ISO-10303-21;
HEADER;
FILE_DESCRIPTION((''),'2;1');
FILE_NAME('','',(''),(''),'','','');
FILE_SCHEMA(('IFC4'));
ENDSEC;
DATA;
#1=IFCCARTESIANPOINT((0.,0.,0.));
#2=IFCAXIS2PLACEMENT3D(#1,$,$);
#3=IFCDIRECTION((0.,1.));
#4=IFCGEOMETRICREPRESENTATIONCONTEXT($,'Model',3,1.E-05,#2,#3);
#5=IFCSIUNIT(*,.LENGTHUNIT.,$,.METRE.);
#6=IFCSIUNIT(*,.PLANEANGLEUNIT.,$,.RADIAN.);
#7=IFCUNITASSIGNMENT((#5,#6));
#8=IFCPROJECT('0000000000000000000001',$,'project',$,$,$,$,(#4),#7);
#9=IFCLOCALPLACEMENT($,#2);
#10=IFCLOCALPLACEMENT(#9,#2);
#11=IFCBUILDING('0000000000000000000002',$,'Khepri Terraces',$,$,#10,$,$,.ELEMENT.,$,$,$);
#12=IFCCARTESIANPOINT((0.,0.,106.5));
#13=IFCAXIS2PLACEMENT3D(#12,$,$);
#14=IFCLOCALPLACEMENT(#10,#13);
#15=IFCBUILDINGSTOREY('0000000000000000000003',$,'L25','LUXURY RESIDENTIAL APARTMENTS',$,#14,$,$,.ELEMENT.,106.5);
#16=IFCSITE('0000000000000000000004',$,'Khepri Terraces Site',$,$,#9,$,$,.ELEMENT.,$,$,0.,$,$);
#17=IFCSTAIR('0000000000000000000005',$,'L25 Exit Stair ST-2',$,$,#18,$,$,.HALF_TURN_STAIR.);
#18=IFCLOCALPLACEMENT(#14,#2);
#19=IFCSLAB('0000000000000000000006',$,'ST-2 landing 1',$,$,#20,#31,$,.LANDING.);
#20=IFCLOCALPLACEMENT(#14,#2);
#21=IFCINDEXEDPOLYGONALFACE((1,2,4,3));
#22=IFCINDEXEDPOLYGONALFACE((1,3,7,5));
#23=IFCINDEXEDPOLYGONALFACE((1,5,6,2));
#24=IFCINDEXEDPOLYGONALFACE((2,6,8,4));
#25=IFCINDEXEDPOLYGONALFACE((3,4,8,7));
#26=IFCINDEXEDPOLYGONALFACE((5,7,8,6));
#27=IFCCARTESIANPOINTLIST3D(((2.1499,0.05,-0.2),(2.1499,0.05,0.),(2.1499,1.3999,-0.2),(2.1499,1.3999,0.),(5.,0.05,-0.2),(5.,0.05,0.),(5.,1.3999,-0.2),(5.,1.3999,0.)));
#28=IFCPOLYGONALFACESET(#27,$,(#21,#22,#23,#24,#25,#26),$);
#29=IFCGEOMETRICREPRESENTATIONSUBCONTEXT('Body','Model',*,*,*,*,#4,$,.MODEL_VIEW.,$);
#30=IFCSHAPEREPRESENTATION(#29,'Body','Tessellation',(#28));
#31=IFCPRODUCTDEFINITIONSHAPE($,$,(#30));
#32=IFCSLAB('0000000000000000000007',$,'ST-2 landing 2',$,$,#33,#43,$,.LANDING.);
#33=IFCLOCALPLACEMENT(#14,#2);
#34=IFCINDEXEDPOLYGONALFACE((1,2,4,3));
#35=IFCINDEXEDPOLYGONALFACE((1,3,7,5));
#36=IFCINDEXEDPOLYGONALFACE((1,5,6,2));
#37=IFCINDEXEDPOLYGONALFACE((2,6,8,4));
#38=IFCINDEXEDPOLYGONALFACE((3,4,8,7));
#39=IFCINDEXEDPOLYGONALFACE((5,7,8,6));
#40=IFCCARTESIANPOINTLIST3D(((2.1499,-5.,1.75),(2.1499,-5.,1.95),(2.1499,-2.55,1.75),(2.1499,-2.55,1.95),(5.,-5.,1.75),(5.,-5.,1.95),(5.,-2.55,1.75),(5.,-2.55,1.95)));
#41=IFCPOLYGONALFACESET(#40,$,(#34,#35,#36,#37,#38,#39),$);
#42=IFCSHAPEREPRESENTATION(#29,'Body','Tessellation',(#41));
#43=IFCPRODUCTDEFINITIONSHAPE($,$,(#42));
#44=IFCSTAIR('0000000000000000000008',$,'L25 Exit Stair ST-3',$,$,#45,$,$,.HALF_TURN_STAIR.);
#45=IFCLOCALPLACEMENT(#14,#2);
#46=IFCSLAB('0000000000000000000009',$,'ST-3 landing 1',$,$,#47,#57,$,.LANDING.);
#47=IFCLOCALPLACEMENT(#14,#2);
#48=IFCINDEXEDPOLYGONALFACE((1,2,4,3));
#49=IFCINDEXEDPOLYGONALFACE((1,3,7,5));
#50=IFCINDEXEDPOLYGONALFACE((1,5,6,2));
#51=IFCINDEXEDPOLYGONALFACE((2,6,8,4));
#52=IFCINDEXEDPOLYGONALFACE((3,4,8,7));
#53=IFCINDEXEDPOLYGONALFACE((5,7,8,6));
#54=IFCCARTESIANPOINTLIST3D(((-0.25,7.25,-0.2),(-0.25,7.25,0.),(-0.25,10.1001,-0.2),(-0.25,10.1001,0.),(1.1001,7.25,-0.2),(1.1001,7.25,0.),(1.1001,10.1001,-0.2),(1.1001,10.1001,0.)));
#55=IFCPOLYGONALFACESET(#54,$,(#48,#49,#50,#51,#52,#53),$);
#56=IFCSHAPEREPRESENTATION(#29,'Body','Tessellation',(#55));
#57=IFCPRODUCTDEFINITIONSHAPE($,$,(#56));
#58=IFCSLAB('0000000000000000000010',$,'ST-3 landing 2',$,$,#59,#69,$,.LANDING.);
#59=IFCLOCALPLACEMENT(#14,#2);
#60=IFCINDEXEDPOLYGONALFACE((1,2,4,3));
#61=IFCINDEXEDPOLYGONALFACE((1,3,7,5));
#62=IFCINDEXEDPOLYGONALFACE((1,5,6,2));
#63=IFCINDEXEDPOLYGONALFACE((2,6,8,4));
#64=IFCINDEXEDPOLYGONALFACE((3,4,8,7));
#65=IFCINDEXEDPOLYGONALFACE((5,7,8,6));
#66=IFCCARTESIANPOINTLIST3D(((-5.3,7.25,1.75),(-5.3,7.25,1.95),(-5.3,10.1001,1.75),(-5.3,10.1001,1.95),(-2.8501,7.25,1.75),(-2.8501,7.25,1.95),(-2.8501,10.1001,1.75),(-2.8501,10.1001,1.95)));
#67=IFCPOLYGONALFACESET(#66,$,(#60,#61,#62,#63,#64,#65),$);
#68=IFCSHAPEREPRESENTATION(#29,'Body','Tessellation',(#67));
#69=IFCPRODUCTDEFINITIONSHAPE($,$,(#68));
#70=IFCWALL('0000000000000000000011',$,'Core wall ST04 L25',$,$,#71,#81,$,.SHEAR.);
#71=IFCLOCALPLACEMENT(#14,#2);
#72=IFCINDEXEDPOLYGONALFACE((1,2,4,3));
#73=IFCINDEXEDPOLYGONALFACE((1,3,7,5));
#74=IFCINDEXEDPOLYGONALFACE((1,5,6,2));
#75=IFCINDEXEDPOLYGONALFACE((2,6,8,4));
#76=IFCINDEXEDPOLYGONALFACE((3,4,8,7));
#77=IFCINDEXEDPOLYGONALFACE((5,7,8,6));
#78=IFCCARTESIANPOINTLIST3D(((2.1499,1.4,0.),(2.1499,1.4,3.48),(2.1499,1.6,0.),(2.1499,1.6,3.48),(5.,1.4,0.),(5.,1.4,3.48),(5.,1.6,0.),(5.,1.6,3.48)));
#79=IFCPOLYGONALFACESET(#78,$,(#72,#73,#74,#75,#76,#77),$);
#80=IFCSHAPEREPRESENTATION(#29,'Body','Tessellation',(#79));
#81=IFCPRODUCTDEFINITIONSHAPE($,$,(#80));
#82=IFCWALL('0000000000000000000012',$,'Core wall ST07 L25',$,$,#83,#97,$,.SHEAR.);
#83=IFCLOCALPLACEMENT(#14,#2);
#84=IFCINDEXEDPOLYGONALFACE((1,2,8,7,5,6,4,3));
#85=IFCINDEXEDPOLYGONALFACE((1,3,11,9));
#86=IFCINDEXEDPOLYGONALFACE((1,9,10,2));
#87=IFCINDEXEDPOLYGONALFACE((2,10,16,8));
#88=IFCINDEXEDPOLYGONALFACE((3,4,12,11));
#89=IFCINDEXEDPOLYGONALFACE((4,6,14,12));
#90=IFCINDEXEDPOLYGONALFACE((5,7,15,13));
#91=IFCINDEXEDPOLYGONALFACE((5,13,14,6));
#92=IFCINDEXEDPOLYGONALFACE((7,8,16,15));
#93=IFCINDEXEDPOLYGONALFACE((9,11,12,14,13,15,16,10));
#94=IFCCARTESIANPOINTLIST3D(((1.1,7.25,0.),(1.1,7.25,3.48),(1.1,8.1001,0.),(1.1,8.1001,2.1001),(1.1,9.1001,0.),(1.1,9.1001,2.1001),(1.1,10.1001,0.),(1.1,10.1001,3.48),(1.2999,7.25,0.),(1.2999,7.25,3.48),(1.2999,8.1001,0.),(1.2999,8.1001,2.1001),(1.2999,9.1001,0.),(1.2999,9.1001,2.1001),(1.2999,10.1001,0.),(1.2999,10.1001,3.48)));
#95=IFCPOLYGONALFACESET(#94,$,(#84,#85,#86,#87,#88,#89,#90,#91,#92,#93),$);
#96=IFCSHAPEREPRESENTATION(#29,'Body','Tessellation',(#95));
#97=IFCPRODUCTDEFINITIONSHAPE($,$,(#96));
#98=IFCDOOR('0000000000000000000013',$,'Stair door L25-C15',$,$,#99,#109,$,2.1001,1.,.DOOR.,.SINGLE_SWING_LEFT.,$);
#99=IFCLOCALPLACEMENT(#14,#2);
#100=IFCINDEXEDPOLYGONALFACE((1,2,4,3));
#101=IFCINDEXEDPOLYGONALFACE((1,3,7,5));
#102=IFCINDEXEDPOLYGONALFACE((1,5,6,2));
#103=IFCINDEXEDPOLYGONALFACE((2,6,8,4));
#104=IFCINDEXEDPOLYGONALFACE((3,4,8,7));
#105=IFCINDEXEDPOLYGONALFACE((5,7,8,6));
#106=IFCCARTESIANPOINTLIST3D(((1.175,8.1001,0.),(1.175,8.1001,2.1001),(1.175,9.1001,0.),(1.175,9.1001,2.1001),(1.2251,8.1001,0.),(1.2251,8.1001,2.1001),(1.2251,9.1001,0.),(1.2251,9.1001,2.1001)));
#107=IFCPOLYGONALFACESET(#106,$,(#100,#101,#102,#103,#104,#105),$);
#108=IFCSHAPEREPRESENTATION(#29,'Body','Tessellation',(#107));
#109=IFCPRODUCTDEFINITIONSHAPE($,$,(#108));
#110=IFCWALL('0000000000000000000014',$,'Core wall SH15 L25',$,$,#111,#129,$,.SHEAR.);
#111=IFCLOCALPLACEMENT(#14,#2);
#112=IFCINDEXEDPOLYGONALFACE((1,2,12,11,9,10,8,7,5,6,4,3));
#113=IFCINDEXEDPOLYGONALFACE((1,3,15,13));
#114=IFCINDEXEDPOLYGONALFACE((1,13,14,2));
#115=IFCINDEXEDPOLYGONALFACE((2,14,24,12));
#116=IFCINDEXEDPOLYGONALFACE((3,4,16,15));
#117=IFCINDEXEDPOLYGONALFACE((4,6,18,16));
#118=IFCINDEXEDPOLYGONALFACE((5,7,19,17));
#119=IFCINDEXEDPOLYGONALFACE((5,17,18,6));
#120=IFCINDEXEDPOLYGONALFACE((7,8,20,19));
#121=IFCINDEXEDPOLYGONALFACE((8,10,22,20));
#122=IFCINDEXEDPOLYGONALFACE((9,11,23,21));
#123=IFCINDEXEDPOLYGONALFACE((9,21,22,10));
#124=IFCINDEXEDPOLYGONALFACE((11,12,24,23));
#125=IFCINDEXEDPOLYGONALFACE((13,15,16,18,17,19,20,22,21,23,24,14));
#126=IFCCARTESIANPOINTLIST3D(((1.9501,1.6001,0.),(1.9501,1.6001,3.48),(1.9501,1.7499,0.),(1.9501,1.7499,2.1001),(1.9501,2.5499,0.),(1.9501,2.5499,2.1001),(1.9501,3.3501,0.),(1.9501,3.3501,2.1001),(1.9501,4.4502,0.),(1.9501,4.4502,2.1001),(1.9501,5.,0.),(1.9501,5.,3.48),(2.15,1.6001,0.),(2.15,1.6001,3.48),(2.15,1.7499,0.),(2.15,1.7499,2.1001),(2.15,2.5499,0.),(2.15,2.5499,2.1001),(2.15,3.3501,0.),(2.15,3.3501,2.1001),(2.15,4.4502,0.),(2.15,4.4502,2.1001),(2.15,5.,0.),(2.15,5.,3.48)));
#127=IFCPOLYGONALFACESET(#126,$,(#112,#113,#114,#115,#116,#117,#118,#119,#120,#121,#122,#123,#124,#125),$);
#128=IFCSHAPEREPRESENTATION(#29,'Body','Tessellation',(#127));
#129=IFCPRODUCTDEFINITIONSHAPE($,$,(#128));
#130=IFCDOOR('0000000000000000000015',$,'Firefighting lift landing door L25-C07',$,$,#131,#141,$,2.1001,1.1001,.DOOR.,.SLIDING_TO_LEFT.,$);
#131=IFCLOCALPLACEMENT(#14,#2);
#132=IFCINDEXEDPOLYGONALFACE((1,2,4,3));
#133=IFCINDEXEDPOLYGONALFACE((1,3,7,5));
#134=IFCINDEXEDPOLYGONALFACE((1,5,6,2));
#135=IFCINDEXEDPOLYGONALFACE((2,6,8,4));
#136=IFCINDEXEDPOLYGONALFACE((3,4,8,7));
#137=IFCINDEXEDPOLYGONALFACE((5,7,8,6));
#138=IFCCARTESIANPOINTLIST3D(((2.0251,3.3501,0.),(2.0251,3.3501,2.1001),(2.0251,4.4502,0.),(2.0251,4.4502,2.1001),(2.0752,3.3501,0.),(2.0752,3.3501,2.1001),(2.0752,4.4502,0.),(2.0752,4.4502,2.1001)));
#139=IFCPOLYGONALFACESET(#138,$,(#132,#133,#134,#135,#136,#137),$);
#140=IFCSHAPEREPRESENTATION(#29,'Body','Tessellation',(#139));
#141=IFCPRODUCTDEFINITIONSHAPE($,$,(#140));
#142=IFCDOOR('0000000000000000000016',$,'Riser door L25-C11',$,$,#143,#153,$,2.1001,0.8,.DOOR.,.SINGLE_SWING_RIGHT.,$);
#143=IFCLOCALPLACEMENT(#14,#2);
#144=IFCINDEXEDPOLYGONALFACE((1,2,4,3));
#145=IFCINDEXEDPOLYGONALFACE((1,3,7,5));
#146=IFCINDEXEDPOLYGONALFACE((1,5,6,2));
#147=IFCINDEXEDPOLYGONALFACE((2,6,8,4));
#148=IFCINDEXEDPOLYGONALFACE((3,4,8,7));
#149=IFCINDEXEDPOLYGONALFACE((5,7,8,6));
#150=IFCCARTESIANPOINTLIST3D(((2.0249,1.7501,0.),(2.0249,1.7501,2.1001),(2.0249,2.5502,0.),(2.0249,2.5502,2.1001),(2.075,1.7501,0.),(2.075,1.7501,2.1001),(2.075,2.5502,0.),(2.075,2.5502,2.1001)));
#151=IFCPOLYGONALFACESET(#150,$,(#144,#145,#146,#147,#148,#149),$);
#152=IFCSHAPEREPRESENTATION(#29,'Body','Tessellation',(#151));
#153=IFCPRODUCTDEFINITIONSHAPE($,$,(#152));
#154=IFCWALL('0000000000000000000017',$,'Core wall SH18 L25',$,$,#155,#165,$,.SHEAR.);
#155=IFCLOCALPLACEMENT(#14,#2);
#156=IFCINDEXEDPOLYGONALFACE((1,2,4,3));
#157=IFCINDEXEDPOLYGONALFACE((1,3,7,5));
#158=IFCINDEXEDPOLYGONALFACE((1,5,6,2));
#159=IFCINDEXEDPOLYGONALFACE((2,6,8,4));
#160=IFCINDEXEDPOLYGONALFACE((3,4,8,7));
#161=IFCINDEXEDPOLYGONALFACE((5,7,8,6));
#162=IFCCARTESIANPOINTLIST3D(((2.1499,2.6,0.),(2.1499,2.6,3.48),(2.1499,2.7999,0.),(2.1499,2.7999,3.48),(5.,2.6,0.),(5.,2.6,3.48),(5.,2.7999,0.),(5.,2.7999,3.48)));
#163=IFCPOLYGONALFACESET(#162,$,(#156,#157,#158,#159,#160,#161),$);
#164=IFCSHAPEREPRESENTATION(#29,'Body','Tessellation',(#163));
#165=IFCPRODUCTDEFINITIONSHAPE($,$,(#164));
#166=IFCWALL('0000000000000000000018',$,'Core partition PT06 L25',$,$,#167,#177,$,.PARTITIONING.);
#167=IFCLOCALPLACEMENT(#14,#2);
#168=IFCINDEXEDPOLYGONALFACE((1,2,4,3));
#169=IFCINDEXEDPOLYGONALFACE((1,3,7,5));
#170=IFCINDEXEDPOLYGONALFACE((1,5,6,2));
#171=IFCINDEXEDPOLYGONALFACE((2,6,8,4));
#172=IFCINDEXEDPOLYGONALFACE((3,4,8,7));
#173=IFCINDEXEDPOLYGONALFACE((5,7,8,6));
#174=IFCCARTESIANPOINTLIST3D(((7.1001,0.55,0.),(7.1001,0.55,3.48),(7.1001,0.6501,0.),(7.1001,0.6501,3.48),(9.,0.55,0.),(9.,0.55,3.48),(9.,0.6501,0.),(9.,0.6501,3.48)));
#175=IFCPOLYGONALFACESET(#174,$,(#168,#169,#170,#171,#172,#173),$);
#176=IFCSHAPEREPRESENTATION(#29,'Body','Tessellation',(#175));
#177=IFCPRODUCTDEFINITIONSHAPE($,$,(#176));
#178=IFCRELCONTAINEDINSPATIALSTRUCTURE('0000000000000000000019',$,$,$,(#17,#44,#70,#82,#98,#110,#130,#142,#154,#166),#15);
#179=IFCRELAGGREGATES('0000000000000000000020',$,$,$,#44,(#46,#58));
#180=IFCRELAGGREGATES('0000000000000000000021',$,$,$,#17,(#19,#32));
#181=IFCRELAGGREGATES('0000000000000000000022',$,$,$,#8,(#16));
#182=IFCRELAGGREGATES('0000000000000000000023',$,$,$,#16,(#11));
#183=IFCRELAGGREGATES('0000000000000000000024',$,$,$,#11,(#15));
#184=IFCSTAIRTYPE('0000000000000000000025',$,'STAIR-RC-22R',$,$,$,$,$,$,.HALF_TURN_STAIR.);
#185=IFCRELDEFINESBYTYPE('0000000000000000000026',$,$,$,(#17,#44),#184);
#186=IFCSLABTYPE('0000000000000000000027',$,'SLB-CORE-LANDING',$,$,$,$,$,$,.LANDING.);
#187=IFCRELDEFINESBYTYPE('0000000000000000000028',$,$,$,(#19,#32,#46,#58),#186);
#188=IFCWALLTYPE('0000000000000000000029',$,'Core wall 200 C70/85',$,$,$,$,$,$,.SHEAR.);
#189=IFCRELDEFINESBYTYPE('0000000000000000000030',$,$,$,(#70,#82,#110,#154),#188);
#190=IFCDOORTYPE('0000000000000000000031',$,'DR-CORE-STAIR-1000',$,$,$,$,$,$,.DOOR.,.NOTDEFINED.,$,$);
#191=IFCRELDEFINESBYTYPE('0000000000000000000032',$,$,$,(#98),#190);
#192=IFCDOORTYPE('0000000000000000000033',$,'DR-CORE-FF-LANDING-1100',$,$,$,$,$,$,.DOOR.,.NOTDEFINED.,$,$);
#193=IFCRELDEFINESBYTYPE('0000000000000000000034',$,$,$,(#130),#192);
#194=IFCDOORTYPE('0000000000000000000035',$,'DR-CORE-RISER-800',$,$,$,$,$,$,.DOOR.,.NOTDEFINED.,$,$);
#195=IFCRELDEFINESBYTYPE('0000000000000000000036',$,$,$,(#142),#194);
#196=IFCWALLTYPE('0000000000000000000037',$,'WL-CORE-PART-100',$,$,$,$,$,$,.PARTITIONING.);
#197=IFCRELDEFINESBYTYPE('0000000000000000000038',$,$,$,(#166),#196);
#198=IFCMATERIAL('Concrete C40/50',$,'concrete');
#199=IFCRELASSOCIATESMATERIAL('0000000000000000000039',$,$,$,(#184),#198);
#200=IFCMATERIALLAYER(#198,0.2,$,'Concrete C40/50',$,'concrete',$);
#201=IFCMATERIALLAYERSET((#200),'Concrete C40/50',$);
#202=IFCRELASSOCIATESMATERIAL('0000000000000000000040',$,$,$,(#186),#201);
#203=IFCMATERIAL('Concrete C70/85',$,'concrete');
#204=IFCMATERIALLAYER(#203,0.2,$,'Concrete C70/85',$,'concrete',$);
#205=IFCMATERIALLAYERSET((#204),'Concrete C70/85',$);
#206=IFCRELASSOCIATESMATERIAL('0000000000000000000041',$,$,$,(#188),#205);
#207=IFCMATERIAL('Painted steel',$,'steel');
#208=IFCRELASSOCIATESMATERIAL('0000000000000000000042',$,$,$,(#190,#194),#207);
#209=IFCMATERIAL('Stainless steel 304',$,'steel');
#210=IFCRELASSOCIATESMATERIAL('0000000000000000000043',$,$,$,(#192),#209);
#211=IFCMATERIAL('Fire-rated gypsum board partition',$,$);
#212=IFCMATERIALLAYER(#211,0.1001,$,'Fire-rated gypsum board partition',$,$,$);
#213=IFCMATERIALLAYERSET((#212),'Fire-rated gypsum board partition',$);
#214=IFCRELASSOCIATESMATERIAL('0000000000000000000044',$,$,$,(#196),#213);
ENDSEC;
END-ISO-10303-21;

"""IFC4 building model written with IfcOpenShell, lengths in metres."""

from ifc_helpers import new_model, si_unit, direction, frame, frame_2d, origin, place, context, subcontext, project, spatial, polyline, rectangle, outline, extrude, material, layer, layer_set, type_object, element, fill, aggregate, save


model = new_model("IFC4")

# Units and contexts
model_context = context("Model", 3, precision=1e-05, world=origin(), true_north=direction((0.0, 1.0)))
body_context = subcontext(model_context, "Body", "Model", "MODEL_VIEW")
ifc_project = project(units=[si_unit("LENGTHUNIT", "METRE"), si_unit("PLANEANGLEUNIT", "RADIAN")], contexts=[model_context])

# Site, building, storey
site_placement = place(None, origin())
site = spatial("IfcSite", under=ifc_project, at=site_placement, Name="Khepri Terraces Site", CompositionType="ELEMENT", RefElevation=0.0)
building_placement = place(site_placement, origin())
building = spatial("IfcBuilding", under=site, at=building_placement, Name="Khepri Terraces", CompositionType="ELEMENT")
storey_placement = place(building_placement, frame((0.0, 0.0, 106.5)))
storey = spatial("IfcBuildingStorey", under=building, at=storey_placement, Name="L25", Description="LUXURY RESIDENTIAL APARTMENTS", CompositionType="ELEMENT", Elevation=106.5)

# Stairs, slabs
ifc_material_1 = material(Name="Concrete C40/50", Category="concrete")
stair_type = type_object("IfcStairType", Name="STAIR-RC-22R", PredefinedType="HALF_TURN_STAIR", material=ifc_material_1)
stair_1_placement = place(storey_placement, origin())
stair_1 = element("IfcStair", 1, at=stair_1_placement, inside=storey, type_object=stair_type, Name="L25 Exit Stair ST-2", PredefinedType="HALF_TURN_STAIR")
ifc_layer_1 = layer(ifc_material_1, 0.2, Name="Concrete C40/50", Category="concrete")
ifc_layer_set_1 = layer_set([ifc_layer_1], Name="Concrete C40/50")
slab_type = type_object("IfcSlabType", Name="SLB-CORE-LANDING", PredefinedType="LANDING", material=ifc_layer_set_1)
slab_1_placement = place(storey_placement, frame((0.0, 0.0, -0.2)))
slab_1 = element("IfcSlab", 2, at=slab_1_placement, type_object=slab_type, Name="ST-2 landing 1", PredefinedType="LANDING", context=body_context, shape_type="SweptSolid", body=[
    extrude(outline(polyline([(2.1499, 1.3999), (2.1499, 0.05), (5.0, 0.05), (5.0, 1.3999), (2.1499, 1.3999)])), origin(), (0.0, 0.0, 1.0), 0.2),
])
slab_2_placement = place(storey_placement, frame((0.0, 0.0, 1.75)))
slab_2 = element("IfcSlab", 3, at=slab_2_placement, type_object=slab_type, Name="ST-2 landing 2", PredefinedType="LANDING", context=body_context, shape_type="SweptSolid", body=[
    extrude(outline(polyline([(2.1499, -2.55), (2.1499, -5.0), (5.0, -5.0), (5.0, -2.55), (2.1499, -2.55)])), origin(), (0.0, 0.0, 1.0), 0.2),
])
stair_2_placement = place(storey_placement, origin())
stair_2 = element("IfcStair", 4, at=stair_2_placement, inside=storey, type_object=stair_type, Name="L25 Exit Stair ST-3", PredefinedType="HALF_TURN_STAIR")
slab_3_placement = place(storey_placement, frame((0.0, 0.0, -0.2)))
slab_3 = element("IfcSlab", 5, at=slab_3_placement, type_object=slab_type, Name="ST-3 landing 1", PredefinedType="LANDING", context=body_context, shape_type="SweptSolid", body=[
    extrude(outline(polyline([(1.1001, 10.1001), (-0.25, 10.1001), (-0.25, 7.25), (1.1001, 7.25), (1.1001, 10.1001)])), origin(), (0.0, 0.0, 1.0), 0.2),
])
slab_4_placement = place(storey_placement, frame((0.0, 0.0, 1.75)))
slab_4 = element("IfcSlab", 6, at=slab_4_placement, type_object=slab_type, Name="ST-3 landing 2", PredefinedType="LANDING", context=body_context, shape_type="SweptSolid", body=[
    extrude(outline(polyline([(-2.8501, 10.1001), (-5.3, 10.1001), (-5.3, 7.25), (-2.8501, 7.25), (-2.8501, 10.1001)])), origin(), (0.0, 0.0, 1.0), 0.2),
])
aggregate(stair_2, [slab_3, slab_4])

# Wall
ifc_material_2 = material(Name="Concrete C70/85", Category="concrete")
ifc_layer_2 = layer(ifc_material_2, 0.2, Name="Concrete C70/85", Category="concrete")
ifc_layer_set_2 = layer_set([ifc_layer_2], Name="Concrete C70/85")
wall_type_1 = type_object("IfcWallType", Name="Core wall 200 C70/85", PredefinedType="SHEAR", material=ifc_layer_set_2)
wall_1_placement = place(storey_placement, frame((2.1499, 1.5, 0.0), z_axis=(0.0, 0.0, 1.0), x_axis=(1.0, 0.0, 0.0)))
element("IfcWall", 7, at=wall_1_placement, inside=storey, type_object=wall_type_1, Name="Core wall ST04 L25", PredefinedType="SHEAR", context=body_context, shape_type="SweptSolid", body=[
    extrude(rectangle(XDim=2.8501, YDim=0.2, at=frame_2d((1.425, 0.0))), origin(), (0.0, 0.0, 1.0), 3.48),
])

# Wall, opening, door
wall_2_placement = place(storey_placement, frame((1.2, 7.25, 0.0), z_axis=(0.0, 0.0, 1.0), x_axis=(0.0, 1.0, 0.0)))
wall_2 = element("IfcWall", 8, at=wall_2_placement, inside=storey, type_object=wall_type_1, Name="Core wall ST07 L25", PredefinedType="SHEAR", context=body_context, shape_type="SweptSolid", body=[
    extrude(rectangle(XDim=2.8501, YDim=0.2, at=frame_2d((1.425, 0.0))), origin(), (0.0, 0.0, 1.0), 3.48),
])
opening_1_placement = place(wall_2_placement, frame((0.8501, 0.0, 0.0)))
opening_1 = element("IfcOpeningElement", 9, at=opening_1_placement, cuts=wall_2, PredefinedType="OPENING", context=body_context, shape_type="SweptSolid", body=[
    extrude(rectangle(XDim=1.0, YDim=2.1001, at=frame_2d((0.5, 1.05))), frame((0.0, 0.1099, 0.0), z_axis=(0.0, -1.0, 0.0), x_axis=(1.0, 0.0, 0.0)), (0.0, 0.0, 1.0), 0.22),
])
ifc_material_3 = material(Name="Painted steel", Category="steel")
door_type_1 = type_object("IfcDoorType", Name="DR-CORE-STAIR-1000", OperationType="NOTDEFINED", PredefinedType="DOOR", material=ifc_material_3)
door_1_placement = place(opening_1_placement, origin())
door_1 = element("IfcDoor", 10, at=door_1_placement, inside=storey, type_object=door_type_1, Name="Stair door L25-C15", OperationType="SINGLE_SWING_LEFT", OverallHeight=2.1001, OverallWidth=1.0, PredefinedType="DOOR", context=body_context, shape_type="SweptSolid", body=[
    extrude(rectangle(XDim=1.0, YDim=2.1001, at=frame_2d((0.5, 1.05))), frame((0.0, 0.0249, 0.0), z_axis=(0.0, -1.0, 0.0), x_axis=(1.0, 0.0, 0.0)), (0.0, 0.0, 1.0), 0.05),
])
fill(opening_1, door_1)

# Wall, openings, doors
wall_3_placement = place(storey_placement, frame((2.05, 1.6001, 0.0), z_axis=(0.0, 0.0, 1.0), x_axis=(0.0, 1.0, 0.0)))
wall_3 = element("IfcWall", 11, at=wall_3_placement, inside=storey, type_object=wall_type_1, Name="Core wall SH15 L25", PredefinedType="SHEAR", context=body_context, shape_type="SweptSolid", body=[
    extrude(rectangle(XDim=3.3999, YDim=0.2, at=frame_2d((1.7, 0.0))), origin(), (0.0, 0.0, 1.0), 3.48),
])
opening_2_placement = place(wall_3_placement, frame((1.75, 0.0, 0.0)))
opening_2 = element("IfcOpeningElement", 12, at=opening_2_placement, cuts=wall_3, PredefinedType="OPENING", context=body_context, shape_type="SweptSolid", body=[
    extrude(rectangle(XDim=1.1001, YDim=2.1001, at=frame_2d((0.55, 1.05))), frame((0.0, 0.1099, 0.0), z_axis=(0.0, -1.0, 0.0), x_axis=(1.0, 0.0, 0.0)), (0.0, 0.0, 1.0), 0.22),
])
opening_3_placement = place(wall_3_placement, frame((0.1499, 0.0, 0.0)))
opening_3 = element("IfcOpeningElement", 13, at=opening_3_placement, cuts=wall_3, PredefinedType="OPENING", context=body_context, shape_type="SweptSolid", body=[
    extrude(rectangle(XDim=0.8, YDim=2.1001, at=frame_2d((0.3999, 1.05))), frame((0.0, 0.1099, 0.0), z_axis=(0.0, -1.0, 0.0), x_axis=(1.0, 0.0, 0.0)), (0.0, 0.0, 1.0), 0.22),
])
ifc_material_4 = material(Name="Stainless steel 304", Category="steel")
door_type_2 = type_object("IfcDoorType", Name="DR-CORE-FF-LANDING-1100", OperationType="NOTDEFINED", PredefinedType="DOOR", material=ifc_material_4)
door_2_placement = place(opening_2_placement, origin())
door_2 = element("IfcDoor", 14, at=door_2_placement, inside=storey, type_object=door_type_2, Name="Firefighting lift landing door L25-C07", OperationType="SLIDING_TO_LEFT", OverallHeight=2.1001, OverallWidth=1.1001, PredefinedType="DOOR", context=body_context, shape_type="SweptSolid", body=[
    extrude(rectangle(XDim=1.1001, YDim=2.1001, at=frame_2d((0.55, 1.05))), frame((0.0, 0.0249, 0.0), z_axis=(0.0, -1.0, 0.0), x_axis=(1.0, 0.0, 0.0)), (0.0, 0.0, 1.0), 0.05),
])
fill(opening_2, door_2)
door_type_3 = type_object("IfcDoorType", Name="DR-CORE-RISER-800", OperationType="NOTDEFINED", PredefinedType="DOOR", material=ifc_material_3)
door_3_placement = place(opening_3_placement, frame((0.8, 0.0, 0.0), z_axis=(0.0, 0.0, 1.0), x_axis=(-1.0, 0.0, 0.0)))
door_3 = element("IfcDoor", 15, at=door_3_placement, inside=storey, type_object=door_type_3, Name="Riser door L25-C11", OperationType="SINGLE_SWING_RIGHT", OverallHeight=2.1001, OverallWidth=0.8, PredefinedType="DOOR", context=body_context, shape_type="SweptSolid", body=[
    extrude(rectangle(XDim=0.8, YDim=2.1001, at=frame_2d((0.3999, 1.05))), frame((0.0, 0.0249, 0.0), z_axis=(0.0, -1.0, 0.0), x_axis=(1.0, 0.0, 0.0)), (0.0, 0.0, 1.0), 0.05),
])
fill(opening_3, door_3)

# Walls
wall_4_placement = place(storey_placement, frame((2.1499, 2.7, 0.0), z_axis=(0.0, 0.0, 1.0), x_axis=(1.0, 0.0, 0.0)))
element("IfcWall", 16, at=wall_4_placement, inside=storey, type_object=wall_type_1, Name="Core wall SH18 L25", PredefinedType="SHEAR", context=body_context, shape_type="SweptSolid", body=[
    extrude(rectangle(XDim=2.8501, YDim=0.2, at=frame_2d((1.425, 0.0))), origin(), (0.0, 0.0, 1.0), 3.48),
])
ifc_material_5 = material(Name="Fire-rated gypsum board partition")
ifc_layer_3 = layer(ifc_material_5, 0.1001, Name="Fire-rated gypsum board partition")
ifc_layer_set_3 = layer_set([ifc_layer_3], Name="Fire-rated gypsum board partition")
wall_type_2 = type_object("IfcWallType", Name="WL-CORE-PART-100", PredefinedType="PARTITIONING", material=ifc_layer_set_3)
wall_5_placement = place(storey_placement, frame((7.1001, 0.6001, 0.0), z_axis=(0.0, 0.0, 1.0), x_axis=(1.0, 0.0, 0.0)))
element("IfcWall", 17, at=wall_5_placement, inside=storey, type_object=wall_type_2, Name="Core partition PT06 L25", PredefinedType="PARTITIONING", context=body_context, shape_type="SweptSolid", body=[
    extrude(rectangle(XDim=1.8999, YDim=0.1001, at=frame_2d((0.95, 0.0))), origin(), (0.0, 0.0, 1.0), 3.48),
])

aggregate(stair_1, [slab_1, slab_2])

save(model, "model.ifc")
